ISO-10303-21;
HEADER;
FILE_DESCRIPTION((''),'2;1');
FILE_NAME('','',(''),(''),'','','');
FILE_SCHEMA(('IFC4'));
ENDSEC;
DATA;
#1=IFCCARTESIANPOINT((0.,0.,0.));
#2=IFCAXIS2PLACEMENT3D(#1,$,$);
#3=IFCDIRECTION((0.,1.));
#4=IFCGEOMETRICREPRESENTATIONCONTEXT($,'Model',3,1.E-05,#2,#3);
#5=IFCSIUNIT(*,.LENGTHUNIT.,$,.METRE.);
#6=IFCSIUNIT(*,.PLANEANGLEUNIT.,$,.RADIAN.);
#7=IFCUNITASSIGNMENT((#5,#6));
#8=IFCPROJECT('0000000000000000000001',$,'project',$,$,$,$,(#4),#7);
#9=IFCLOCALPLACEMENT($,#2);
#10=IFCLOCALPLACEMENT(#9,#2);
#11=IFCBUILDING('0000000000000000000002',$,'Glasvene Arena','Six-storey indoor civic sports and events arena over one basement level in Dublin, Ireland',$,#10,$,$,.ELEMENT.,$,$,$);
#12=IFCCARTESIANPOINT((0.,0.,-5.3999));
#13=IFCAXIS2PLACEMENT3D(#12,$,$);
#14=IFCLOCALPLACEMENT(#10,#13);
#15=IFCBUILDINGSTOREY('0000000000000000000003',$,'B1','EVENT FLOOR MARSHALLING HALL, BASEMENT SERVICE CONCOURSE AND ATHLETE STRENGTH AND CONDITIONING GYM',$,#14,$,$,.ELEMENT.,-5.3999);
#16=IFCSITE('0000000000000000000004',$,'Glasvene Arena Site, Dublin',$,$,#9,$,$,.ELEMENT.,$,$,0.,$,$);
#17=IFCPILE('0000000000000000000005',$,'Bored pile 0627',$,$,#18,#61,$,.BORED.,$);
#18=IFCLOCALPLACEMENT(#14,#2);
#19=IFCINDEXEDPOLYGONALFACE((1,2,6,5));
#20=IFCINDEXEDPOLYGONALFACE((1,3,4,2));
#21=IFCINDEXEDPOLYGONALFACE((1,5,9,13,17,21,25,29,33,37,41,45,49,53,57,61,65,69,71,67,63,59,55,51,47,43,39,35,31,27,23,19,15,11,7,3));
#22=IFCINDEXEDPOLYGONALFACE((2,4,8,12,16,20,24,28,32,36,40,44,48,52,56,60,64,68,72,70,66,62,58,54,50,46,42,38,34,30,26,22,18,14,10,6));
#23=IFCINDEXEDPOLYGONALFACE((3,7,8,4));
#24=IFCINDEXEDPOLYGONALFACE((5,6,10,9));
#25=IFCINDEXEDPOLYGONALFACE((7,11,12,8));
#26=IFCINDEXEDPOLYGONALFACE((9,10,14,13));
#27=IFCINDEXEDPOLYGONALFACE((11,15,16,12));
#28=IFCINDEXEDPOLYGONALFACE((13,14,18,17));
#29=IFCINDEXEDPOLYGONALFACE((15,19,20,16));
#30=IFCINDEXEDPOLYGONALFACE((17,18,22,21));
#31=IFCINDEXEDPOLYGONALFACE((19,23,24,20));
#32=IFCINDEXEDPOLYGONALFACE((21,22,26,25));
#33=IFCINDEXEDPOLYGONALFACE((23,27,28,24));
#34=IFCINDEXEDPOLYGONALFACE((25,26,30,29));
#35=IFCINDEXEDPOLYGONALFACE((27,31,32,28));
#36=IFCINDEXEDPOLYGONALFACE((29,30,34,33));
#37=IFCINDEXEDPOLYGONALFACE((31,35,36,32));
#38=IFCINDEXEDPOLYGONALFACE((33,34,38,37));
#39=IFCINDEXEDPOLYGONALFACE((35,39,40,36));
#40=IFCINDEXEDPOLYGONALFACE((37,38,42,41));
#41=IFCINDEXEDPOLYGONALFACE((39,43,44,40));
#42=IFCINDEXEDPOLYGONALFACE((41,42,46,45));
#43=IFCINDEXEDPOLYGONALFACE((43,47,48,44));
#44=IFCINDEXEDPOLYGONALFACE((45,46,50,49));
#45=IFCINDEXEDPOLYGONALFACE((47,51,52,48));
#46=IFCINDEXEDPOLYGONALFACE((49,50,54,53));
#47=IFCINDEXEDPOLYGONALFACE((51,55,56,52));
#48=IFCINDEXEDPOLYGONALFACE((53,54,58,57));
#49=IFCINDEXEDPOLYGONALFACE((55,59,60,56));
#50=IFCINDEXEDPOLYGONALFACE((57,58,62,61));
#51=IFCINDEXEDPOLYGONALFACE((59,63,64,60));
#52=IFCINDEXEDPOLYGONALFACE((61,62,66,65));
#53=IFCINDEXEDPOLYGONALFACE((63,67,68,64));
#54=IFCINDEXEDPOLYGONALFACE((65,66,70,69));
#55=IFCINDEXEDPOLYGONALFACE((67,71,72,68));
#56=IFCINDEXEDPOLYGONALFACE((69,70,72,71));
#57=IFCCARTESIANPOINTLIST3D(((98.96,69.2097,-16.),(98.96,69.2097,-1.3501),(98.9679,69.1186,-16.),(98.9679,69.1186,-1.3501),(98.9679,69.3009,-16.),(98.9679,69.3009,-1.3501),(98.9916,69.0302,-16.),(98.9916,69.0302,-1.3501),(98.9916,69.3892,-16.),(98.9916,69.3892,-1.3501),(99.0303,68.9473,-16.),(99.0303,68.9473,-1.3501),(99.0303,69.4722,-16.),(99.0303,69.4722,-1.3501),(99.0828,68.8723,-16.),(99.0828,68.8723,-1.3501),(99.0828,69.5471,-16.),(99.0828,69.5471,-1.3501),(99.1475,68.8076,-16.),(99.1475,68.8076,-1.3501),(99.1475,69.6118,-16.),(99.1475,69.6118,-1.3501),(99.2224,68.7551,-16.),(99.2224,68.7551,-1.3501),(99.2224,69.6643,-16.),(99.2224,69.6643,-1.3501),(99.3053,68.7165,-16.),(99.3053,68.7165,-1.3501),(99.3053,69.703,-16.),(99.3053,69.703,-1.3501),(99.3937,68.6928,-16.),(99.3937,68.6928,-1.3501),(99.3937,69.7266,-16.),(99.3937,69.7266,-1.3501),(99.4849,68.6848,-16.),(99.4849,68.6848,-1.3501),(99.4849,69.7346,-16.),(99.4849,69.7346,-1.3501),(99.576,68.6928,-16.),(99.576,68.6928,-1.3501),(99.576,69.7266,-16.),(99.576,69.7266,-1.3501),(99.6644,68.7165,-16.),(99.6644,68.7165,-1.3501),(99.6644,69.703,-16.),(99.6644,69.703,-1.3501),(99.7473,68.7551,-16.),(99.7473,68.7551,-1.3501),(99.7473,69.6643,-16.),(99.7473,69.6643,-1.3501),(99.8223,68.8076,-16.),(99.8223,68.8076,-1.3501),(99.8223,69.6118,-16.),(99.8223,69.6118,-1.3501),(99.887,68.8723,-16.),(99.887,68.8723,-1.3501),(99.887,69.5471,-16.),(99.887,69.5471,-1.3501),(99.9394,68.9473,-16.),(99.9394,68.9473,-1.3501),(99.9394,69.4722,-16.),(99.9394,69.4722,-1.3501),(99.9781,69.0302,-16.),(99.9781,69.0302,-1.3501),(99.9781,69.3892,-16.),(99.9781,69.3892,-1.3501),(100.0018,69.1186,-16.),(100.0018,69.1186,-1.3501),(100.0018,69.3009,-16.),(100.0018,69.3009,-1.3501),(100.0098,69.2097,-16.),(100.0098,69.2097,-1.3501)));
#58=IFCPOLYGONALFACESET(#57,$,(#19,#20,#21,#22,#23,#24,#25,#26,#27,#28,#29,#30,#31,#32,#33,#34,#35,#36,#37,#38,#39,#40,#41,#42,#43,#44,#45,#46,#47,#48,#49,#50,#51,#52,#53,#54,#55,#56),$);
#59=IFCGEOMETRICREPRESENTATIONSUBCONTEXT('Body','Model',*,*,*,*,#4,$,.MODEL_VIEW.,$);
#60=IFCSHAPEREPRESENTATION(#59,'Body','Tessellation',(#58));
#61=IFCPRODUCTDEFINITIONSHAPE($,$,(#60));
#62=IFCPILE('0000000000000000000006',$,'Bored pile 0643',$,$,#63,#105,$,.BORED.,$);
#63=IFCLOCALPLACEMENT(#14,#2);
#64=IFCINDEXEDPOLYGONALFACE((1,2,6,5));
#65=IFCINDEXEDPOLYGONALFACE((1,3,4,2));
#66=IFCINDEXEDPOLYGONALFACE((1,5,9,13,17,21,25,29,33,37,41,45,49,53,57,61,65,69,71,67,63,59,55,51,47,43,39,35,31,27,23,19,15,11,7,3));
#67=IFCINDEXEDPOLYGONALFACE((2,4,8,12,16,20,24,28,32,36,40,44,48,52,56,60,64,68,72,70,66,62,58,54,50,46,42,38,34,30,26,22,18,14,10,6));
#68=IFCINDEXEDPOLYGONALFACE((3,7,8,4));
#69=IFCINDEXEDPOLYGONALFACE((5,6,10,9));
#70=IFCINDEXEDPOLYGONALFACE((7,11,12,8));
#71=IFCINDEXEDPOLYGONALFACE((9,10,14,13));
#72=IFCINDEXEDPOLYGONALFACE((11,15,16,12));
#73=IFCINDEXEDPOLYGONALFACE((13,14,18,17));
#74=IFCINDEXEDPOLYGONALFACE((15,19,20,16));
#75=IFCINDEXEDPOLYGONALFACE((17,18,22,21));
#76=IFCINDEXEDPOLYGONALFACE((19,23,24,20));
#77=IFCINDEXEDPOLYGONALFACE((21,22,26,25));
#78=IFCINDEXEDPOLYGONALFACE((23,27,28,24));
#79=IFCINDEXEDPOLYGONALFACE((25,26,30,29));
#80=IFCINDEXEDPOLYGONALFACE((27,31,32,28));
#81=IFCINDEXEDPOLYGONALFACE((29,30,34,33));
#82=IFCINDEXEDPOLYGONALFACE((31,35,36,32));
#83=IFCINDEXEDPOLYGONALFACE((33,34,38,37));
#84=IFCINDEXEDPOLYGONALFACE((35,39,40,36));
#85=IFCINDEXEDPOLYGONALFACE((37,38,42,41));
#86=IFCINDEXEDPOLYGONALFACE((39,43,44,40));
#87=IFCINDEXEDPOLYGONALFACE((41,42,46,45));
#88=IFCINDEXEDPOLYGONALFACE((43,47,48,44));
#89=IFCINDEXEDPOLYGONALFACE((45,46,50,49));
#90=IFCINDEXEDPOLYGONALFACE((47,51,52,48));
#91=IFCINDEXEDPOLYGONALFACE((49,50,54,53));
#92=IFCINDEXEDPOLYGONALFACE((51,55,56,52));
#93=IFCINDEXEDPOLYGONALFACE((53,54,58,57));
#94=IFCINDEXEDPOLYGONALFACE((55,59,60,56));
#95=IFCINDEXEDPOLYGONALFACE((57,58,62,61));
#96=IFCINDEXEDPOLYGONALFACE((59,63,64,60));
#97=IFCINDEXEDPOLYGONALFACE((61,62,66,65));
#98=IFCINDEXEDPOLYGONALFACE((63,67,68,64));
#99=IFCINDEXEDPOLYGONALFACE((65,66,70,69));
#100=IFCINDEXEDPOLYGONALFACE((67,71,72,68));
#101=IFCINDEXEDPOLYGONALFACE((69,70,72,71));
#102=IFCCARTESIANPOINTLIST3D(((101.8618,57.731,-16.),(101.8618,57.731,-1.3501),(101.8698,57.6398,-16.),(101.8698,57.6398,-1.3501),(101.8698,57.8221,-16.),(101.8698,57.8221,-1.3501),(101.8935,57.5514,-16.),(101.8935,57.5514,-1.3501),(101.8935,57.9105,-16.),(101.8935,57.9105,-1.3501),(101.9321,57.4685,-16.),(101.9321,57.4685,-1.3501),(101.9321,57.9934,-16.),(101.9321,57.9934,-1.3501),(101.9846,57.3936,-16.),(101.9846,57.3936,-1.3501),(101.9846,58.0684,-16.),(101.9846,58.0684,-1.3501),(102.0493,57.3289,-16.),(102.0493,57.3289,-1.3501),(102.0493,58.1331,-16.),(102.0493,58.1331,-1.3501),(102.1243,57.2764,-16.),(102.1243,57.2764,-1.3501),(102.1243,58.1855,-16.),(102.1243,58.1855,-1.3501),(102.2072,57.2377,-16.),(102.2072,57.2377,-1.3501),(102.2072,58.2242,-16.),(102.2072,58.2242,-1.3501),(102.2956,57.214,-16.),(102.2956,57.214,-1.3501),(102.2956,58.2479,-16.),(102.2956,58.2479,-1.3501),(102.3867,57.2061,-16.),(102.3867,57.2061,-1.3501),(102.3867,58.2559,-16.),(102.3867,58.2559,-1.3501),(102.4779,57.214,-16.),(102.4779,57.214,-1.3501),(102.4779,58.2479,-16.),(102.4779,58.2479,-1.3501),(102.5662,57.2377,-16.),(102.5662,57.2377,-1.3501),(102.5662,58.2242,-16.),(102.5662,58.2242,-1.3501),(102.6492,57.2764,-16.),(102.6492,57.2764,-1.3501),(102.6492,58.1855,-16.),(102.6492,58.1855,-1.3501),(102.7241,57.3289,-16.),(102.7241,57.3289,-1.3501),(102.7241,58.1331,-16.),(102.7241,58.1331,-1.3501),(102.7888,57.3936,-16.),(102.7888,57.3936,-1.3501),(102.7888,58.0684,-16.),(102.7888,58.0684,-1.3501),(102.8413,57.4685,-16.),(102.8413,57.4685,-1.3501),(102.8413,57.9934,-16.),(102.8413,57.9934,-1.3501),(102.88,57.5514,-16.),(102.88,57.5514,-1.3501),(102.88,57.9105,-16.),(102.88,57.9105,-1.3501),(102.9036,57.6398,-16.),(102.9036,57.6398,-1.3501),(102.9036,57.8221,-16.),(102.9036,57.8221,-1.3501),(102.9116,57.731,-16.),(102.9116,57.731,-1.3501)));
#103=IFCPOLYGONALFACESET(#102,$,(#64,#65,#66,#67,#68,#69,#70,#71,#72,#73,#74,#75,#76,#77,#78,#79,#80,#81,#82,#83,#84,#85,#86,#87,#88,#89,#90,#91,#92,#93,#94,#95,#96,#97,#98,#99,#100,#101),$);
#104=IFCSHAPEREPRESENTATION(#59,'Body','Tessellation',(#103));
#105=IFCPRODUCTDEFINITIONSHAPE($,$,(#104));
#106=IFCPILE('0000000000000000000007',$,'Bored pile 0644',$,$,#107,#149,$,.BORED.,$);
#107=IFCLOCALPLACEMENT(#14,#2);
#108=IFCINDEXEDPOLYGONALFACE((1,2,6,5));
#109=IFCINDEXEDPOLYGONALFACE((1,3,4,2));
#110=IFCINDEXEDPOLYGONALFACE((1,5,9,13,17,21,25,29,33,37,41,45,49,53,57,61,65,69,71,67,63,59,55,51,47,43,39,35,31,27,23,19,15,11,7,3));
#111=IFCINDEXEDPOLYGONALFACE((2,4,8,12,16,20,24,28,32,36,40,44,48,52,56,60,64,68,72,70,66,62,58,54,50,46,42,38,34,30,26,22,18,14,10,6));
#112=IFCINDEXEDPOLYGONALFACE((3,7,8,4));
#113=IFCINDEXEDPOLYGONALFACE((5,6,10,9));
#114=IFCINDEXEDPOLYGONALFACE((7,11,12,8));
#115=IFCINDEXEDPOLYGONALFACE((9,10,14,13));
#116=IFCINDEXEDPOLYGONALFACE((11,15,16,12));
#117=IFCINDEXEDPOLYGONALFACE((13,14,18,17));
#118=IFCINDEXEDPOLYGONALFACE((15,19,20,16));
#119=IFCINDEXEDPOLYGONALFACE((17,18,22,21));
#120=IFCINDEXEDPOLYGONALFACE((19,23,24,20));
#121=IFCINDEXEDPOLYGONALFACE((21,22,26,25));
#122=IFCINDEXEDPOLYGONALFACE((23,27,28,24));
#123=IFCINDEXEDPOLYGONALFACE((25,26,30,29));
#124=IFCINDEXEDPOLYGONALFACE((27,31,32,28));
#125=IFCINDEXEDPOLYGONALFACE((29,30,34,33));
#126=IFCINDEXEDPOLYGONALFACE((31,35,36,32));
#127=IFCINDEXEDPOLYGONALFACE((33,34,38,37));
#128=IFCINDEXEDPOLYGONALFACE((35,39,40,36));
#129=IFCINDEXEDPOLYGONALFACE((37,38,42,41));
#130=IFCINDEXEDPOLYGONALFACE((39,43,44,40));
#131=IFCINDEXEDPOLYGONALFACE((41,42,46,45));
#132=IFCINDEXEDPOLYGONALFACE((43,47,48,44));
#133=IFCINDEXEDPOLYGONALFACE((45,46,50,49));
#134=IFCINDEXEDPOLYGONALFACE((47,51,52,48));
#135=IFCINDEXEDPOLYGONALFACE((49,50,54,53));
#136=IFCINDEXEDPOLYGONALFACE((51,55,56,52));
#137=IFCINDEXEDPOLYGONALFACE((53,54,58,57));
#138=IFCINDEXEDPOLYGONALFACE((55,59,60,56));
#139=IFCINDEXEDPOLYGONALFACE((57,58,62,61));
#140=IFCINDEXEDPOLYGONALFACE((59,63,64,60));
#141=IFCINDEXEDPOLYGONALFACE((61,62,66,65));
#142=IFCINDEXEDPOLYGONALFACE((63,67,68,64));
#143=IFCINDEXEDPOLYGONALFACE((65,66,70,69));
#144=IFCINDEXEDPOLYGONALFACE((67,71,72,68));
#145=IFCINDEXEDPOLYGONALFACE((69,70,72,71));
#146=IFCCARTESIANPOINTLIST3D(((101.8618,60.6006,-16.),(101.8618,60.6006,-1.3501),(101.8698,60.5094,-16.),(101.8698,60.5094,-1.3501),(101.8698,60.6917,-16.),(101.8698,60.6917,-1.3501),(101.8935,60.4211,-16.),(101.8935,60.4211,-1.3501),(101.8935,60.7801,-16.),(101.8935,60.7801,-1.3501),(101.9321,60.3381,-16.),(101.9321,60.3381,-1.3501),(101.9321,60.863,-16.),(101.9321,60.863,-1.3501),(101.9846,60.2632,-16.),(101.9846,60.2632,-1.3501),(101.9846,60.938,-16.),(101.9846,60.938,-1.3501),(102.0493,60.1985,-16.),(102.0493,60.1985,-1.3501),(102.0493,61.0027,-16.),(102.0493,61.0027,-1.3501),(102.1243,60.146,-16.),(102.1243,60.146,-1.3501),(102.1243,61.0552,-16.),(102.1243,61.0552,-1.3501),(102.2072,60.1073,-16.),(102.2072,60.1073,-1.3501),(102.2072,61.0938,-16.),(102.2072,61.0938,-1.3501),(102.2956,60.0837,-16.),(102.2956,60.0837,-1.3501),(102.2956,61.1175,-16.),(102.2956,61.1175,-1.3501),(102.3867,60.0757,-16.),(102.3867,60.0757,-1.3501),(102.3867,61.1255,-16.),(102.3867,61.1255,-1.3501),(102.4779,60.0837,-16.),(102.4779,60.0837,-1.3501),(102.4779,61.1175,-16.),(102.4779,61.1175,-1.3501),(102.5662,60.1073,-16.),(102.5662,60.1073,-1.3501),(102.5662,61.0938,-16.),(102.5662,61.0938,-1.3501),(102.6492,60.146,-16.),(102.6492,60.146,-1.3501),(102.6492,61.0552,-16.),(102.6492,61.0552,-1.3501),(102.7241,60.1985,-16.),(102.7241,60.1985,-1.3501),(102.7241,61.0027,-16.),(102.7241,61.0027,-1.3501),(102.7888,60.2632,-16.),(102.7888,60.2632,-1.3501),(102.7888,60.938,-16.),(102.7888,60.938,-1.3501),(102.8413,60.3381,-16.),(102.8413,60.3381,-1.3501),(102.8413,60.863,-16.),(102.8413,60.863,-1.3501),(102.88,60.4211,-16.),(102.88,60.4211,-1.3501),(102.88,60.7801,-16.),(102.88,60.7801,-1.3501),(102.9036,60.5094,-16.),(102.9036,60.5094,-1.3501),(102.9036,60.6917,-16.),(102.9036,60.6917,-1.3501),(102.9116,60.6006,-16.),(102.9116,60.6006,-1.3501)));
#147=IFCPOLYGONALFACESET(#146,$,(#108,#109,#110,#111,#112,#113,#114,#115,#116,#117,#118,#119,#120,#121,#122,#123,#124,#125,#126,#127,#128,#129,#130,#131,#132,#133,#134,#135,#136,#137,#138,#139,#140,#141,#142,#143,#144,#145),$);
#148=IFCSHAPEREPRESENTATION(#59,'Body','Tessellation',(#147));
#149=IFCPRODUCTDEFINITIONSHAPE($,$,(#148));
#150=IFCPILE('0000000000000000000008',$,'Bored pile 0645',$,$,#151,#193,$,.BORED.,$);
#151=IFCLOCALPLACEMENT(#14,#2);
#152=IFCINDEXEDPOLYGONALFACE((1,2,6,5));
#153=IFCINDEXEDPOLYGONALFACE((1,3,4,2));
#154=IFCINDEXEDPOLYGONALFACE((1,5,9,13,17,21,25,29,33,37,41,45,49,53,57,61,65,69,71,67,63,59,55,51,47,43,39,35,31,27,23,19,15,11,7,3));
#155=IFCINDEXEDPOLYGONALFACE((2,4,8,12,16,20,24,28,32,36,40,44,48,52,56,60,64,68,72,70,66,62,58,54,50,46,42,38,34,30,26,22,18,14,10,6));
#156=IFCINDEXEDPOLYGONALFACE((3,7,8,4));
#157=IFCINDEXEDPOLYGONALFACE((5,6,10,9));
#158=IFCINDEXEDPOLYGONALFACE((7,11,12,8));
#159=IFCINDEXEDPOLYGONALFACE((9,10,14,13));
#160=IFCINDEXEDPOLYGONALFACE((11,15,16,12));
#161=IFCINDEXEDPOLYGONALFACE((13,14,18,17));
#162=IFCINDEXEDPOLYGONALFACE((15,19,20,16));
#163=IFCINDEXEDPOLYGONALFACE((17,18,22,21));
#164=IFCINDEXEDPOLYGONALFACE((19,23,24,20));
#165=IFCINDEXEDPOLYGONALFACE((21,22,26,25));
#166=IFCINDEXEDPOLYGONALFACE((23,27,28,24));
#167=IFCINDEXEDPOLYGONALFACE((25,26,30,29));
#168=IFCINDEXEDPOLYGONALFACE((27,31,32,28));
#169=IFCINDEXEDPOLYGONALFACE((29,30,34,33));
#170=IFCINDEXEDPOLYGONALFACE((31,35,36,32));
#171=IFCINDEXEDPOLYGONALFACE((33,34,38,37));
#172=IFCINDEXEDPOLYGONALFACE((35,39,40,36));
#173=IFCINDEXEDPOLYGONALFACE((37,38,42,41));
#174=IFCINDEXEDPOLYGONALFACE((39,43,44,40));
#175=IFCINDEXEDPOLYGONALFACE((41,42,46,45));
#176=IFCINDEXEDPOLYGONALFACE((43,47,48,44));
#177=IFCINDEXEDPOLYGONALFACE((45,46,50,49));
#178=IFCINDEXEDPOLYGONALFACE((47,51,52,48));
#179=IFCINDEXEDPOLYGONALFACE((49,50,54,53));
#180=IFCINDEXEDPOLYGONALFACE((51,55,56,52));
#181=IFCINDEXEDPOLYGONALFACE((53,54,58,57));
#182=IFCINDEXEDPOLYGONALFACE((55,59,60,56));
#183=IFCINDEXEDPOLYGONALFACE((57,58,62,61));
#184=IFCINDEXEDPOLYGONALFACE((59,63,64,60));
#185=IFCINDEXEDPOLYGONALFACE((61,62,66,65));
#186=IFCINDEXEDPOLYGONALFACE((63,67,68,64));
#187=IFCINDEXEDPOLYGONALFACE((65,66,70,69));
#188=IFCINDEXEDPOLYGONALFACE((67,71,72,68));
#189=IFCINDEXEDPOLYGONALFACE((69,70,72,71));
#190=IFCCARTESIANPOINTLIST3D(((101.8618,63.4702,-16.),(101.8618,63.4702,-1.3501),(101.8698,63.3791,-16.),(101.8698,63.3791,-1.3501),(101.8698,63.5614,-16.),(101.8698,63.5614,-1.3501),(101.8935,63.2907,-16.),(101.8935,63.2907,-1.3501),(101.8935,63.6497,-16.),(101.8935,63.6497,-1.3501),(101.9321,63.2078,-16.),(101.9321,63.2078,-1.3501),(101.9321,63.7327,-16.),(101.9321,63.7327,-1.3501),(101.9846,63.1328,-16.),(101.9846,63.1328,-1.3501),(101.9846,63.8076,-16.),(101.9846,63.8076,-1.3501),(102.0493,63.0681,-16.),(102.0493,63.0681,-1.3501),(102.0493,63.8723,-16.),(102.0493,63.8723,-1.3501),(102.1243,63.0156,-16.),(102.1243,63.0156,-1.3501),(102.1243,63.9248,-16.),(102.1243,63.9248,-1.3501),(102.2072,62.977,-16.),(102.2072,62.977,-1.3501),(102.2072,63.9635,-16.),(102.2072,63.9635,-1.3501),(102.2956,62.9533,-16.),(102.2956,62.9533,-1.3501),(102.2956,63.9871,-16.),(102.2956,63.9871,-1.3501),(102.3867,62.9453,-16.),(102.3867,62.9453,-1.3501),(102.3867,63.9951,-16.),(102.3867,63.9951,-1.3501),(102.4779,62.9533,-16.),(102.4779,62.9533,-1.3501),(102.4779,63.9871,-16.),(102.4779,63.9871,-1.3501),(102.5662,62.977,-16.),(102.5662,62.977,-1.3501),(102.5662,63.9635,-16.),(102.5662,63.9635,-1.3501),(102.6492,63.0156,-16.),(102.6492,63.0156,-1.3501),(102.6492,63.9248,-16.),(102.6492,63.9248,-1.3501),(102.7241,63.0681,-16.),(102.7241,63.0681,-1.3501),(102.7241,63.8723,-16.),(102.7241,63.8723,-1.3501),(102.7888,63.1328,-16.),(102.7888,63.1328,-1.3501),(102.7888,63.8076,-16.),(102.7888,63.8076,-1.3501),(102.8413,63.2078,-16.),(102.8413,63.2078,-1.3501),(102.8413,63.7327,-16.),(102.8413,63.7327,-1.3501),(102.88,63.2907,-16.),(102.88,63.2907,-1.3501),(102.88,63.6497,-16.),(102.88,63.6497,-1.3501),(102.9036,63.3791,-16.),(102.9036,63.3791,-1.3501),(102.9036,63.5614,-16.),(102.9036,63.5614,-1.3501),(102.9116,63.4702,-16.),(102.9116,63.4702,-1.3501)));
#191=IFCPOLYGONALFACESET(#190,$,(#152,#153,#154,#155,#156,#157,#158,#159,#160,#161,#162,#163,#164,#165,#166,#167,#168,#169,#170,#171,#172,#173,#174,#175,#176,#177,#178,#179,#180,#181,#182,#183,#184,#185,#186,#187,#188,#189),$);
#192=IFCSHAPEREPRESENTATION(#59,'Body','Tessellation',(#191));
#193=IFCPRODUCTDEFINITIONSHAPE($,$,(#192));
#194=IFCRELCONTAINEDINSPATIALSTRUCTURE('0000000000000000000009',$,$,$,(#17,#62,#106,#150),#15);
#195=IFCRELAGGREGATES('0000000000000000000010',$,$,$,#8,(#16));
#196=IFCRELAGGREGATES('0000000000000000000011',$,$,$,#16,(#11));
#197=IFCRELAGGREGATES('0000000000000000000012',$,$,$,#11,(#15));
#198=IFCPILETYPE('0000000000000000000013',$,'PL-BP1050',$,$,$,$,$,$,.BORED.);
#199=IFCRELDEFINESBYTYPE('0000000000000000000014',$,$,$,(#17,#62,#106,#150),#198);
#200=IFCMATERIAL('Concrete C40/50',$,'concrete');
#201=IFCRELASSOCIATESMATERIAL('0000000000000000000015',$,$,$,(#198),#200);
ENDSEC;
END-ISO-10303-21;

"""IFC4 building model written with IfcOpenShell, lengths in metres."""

from ifc_helpers import new_model, si_unit, direction, frame, origin, origin_2d, place, context, subcontext, project, spatial, circle, extrude, material, material_profile, profile_set, type_object, element, save


model = new_model("IFC4")

# Units and contexts
model_context = context("Model", 3, precision=1e-05, world=origin(), true_north=direction((0.0, 1.0)))
body_context = subcontext(model_context, "Body", "Model", "MODEL_VIEW")
ifc_project = project(units=[si_unit("LENGTHUNIT", "METRE"), si_unit("PLANEANGLEUNIT", "RADIAN")], contexts=[model_context])

# Site, building, storey
site_placement = place(None, origin())
site = spatial("IfcSite", under=ifc_project, at=site_placement, Name="Glasvene Arena Site, Dublin", CompositionType="ELEMENT", RefElevation=0.0)
building_placement = place(site_placement, origin())
building = spatial("IfcBuilding", under=site, at=building_placement, Name="Glasvene Arena", Description="Six-storey indoor civic sports and events arena over one basement level in Dublin, Ireland", CompositionType="ELEMENT")
storey_placement = place(building_placement, frame((0.0, 0.0, -5.3999)))
storey = spatial("IfcBuildingStorey", under=building, at=storey_placement, Name="B1", Description="EVENT FLOOR MARSHALLING HALL, BASEMENT SERVICE CONCOURSE AND ATHLETE STRENGTH AND CONDITIONING GYM", CompositionType="ELEMENT", Elevation=-5.3999)

# Piles
ifc_material = material(Name="Concrete C40/50", Category="concrete")
ifc_material_profile_1 = material_profile(ifc_material, circle(Radius=0.5249, at=origin_2d()), Name="BORED PILE 1050")
ifc_profile_set_1 = profile_set([ifc_material_profile_1], Name="Concrete C40/50")
pile_type = type_object("IfcPileType", Name="PL-BP1050", PredefinedType="BORED", material=ifc_profile_set_1)
for number, where, z_axis, x_axis, name in (
    (1, (99.4849, 69.2097, -1.3501), (0.0, 0.0, -1.0), (1.0, 0.0, 0.0), "Bored pile 0627"),
    (2, (102.3867, 57.731, -1.3501), (0.0, 0.0, -1.0), (1.0, 0.0, 0.0), "Bored pile 0643"),
    (3, (102.3867, 60.6006, -1.3501), (0.0, 0.0, -1.0), (1.0, 0.0, 0.0), "Bored pile 0644"),
    (4, (102.3867, 63.4702, -1.3501), (0.0, 0.0, -1.0), (1.0, 0.0, 0.0), "Bored pile 0645"),
):
    element("IfcPile", number, at=place(storey_placement, frame(where, z_axis=z_axis, x_axis=x_axis)), inside=storey, type_object=pile_type, Name=name, PredefinedType="BORED", context=body_context, shape_type="SweptSolid", body=[
        extrude(circle(Radius=0.5249, at=origin_2d()), origin(), (0.0, 0.0, 1.0), 14.6499),
    ])

save(model, "model.ifc")
